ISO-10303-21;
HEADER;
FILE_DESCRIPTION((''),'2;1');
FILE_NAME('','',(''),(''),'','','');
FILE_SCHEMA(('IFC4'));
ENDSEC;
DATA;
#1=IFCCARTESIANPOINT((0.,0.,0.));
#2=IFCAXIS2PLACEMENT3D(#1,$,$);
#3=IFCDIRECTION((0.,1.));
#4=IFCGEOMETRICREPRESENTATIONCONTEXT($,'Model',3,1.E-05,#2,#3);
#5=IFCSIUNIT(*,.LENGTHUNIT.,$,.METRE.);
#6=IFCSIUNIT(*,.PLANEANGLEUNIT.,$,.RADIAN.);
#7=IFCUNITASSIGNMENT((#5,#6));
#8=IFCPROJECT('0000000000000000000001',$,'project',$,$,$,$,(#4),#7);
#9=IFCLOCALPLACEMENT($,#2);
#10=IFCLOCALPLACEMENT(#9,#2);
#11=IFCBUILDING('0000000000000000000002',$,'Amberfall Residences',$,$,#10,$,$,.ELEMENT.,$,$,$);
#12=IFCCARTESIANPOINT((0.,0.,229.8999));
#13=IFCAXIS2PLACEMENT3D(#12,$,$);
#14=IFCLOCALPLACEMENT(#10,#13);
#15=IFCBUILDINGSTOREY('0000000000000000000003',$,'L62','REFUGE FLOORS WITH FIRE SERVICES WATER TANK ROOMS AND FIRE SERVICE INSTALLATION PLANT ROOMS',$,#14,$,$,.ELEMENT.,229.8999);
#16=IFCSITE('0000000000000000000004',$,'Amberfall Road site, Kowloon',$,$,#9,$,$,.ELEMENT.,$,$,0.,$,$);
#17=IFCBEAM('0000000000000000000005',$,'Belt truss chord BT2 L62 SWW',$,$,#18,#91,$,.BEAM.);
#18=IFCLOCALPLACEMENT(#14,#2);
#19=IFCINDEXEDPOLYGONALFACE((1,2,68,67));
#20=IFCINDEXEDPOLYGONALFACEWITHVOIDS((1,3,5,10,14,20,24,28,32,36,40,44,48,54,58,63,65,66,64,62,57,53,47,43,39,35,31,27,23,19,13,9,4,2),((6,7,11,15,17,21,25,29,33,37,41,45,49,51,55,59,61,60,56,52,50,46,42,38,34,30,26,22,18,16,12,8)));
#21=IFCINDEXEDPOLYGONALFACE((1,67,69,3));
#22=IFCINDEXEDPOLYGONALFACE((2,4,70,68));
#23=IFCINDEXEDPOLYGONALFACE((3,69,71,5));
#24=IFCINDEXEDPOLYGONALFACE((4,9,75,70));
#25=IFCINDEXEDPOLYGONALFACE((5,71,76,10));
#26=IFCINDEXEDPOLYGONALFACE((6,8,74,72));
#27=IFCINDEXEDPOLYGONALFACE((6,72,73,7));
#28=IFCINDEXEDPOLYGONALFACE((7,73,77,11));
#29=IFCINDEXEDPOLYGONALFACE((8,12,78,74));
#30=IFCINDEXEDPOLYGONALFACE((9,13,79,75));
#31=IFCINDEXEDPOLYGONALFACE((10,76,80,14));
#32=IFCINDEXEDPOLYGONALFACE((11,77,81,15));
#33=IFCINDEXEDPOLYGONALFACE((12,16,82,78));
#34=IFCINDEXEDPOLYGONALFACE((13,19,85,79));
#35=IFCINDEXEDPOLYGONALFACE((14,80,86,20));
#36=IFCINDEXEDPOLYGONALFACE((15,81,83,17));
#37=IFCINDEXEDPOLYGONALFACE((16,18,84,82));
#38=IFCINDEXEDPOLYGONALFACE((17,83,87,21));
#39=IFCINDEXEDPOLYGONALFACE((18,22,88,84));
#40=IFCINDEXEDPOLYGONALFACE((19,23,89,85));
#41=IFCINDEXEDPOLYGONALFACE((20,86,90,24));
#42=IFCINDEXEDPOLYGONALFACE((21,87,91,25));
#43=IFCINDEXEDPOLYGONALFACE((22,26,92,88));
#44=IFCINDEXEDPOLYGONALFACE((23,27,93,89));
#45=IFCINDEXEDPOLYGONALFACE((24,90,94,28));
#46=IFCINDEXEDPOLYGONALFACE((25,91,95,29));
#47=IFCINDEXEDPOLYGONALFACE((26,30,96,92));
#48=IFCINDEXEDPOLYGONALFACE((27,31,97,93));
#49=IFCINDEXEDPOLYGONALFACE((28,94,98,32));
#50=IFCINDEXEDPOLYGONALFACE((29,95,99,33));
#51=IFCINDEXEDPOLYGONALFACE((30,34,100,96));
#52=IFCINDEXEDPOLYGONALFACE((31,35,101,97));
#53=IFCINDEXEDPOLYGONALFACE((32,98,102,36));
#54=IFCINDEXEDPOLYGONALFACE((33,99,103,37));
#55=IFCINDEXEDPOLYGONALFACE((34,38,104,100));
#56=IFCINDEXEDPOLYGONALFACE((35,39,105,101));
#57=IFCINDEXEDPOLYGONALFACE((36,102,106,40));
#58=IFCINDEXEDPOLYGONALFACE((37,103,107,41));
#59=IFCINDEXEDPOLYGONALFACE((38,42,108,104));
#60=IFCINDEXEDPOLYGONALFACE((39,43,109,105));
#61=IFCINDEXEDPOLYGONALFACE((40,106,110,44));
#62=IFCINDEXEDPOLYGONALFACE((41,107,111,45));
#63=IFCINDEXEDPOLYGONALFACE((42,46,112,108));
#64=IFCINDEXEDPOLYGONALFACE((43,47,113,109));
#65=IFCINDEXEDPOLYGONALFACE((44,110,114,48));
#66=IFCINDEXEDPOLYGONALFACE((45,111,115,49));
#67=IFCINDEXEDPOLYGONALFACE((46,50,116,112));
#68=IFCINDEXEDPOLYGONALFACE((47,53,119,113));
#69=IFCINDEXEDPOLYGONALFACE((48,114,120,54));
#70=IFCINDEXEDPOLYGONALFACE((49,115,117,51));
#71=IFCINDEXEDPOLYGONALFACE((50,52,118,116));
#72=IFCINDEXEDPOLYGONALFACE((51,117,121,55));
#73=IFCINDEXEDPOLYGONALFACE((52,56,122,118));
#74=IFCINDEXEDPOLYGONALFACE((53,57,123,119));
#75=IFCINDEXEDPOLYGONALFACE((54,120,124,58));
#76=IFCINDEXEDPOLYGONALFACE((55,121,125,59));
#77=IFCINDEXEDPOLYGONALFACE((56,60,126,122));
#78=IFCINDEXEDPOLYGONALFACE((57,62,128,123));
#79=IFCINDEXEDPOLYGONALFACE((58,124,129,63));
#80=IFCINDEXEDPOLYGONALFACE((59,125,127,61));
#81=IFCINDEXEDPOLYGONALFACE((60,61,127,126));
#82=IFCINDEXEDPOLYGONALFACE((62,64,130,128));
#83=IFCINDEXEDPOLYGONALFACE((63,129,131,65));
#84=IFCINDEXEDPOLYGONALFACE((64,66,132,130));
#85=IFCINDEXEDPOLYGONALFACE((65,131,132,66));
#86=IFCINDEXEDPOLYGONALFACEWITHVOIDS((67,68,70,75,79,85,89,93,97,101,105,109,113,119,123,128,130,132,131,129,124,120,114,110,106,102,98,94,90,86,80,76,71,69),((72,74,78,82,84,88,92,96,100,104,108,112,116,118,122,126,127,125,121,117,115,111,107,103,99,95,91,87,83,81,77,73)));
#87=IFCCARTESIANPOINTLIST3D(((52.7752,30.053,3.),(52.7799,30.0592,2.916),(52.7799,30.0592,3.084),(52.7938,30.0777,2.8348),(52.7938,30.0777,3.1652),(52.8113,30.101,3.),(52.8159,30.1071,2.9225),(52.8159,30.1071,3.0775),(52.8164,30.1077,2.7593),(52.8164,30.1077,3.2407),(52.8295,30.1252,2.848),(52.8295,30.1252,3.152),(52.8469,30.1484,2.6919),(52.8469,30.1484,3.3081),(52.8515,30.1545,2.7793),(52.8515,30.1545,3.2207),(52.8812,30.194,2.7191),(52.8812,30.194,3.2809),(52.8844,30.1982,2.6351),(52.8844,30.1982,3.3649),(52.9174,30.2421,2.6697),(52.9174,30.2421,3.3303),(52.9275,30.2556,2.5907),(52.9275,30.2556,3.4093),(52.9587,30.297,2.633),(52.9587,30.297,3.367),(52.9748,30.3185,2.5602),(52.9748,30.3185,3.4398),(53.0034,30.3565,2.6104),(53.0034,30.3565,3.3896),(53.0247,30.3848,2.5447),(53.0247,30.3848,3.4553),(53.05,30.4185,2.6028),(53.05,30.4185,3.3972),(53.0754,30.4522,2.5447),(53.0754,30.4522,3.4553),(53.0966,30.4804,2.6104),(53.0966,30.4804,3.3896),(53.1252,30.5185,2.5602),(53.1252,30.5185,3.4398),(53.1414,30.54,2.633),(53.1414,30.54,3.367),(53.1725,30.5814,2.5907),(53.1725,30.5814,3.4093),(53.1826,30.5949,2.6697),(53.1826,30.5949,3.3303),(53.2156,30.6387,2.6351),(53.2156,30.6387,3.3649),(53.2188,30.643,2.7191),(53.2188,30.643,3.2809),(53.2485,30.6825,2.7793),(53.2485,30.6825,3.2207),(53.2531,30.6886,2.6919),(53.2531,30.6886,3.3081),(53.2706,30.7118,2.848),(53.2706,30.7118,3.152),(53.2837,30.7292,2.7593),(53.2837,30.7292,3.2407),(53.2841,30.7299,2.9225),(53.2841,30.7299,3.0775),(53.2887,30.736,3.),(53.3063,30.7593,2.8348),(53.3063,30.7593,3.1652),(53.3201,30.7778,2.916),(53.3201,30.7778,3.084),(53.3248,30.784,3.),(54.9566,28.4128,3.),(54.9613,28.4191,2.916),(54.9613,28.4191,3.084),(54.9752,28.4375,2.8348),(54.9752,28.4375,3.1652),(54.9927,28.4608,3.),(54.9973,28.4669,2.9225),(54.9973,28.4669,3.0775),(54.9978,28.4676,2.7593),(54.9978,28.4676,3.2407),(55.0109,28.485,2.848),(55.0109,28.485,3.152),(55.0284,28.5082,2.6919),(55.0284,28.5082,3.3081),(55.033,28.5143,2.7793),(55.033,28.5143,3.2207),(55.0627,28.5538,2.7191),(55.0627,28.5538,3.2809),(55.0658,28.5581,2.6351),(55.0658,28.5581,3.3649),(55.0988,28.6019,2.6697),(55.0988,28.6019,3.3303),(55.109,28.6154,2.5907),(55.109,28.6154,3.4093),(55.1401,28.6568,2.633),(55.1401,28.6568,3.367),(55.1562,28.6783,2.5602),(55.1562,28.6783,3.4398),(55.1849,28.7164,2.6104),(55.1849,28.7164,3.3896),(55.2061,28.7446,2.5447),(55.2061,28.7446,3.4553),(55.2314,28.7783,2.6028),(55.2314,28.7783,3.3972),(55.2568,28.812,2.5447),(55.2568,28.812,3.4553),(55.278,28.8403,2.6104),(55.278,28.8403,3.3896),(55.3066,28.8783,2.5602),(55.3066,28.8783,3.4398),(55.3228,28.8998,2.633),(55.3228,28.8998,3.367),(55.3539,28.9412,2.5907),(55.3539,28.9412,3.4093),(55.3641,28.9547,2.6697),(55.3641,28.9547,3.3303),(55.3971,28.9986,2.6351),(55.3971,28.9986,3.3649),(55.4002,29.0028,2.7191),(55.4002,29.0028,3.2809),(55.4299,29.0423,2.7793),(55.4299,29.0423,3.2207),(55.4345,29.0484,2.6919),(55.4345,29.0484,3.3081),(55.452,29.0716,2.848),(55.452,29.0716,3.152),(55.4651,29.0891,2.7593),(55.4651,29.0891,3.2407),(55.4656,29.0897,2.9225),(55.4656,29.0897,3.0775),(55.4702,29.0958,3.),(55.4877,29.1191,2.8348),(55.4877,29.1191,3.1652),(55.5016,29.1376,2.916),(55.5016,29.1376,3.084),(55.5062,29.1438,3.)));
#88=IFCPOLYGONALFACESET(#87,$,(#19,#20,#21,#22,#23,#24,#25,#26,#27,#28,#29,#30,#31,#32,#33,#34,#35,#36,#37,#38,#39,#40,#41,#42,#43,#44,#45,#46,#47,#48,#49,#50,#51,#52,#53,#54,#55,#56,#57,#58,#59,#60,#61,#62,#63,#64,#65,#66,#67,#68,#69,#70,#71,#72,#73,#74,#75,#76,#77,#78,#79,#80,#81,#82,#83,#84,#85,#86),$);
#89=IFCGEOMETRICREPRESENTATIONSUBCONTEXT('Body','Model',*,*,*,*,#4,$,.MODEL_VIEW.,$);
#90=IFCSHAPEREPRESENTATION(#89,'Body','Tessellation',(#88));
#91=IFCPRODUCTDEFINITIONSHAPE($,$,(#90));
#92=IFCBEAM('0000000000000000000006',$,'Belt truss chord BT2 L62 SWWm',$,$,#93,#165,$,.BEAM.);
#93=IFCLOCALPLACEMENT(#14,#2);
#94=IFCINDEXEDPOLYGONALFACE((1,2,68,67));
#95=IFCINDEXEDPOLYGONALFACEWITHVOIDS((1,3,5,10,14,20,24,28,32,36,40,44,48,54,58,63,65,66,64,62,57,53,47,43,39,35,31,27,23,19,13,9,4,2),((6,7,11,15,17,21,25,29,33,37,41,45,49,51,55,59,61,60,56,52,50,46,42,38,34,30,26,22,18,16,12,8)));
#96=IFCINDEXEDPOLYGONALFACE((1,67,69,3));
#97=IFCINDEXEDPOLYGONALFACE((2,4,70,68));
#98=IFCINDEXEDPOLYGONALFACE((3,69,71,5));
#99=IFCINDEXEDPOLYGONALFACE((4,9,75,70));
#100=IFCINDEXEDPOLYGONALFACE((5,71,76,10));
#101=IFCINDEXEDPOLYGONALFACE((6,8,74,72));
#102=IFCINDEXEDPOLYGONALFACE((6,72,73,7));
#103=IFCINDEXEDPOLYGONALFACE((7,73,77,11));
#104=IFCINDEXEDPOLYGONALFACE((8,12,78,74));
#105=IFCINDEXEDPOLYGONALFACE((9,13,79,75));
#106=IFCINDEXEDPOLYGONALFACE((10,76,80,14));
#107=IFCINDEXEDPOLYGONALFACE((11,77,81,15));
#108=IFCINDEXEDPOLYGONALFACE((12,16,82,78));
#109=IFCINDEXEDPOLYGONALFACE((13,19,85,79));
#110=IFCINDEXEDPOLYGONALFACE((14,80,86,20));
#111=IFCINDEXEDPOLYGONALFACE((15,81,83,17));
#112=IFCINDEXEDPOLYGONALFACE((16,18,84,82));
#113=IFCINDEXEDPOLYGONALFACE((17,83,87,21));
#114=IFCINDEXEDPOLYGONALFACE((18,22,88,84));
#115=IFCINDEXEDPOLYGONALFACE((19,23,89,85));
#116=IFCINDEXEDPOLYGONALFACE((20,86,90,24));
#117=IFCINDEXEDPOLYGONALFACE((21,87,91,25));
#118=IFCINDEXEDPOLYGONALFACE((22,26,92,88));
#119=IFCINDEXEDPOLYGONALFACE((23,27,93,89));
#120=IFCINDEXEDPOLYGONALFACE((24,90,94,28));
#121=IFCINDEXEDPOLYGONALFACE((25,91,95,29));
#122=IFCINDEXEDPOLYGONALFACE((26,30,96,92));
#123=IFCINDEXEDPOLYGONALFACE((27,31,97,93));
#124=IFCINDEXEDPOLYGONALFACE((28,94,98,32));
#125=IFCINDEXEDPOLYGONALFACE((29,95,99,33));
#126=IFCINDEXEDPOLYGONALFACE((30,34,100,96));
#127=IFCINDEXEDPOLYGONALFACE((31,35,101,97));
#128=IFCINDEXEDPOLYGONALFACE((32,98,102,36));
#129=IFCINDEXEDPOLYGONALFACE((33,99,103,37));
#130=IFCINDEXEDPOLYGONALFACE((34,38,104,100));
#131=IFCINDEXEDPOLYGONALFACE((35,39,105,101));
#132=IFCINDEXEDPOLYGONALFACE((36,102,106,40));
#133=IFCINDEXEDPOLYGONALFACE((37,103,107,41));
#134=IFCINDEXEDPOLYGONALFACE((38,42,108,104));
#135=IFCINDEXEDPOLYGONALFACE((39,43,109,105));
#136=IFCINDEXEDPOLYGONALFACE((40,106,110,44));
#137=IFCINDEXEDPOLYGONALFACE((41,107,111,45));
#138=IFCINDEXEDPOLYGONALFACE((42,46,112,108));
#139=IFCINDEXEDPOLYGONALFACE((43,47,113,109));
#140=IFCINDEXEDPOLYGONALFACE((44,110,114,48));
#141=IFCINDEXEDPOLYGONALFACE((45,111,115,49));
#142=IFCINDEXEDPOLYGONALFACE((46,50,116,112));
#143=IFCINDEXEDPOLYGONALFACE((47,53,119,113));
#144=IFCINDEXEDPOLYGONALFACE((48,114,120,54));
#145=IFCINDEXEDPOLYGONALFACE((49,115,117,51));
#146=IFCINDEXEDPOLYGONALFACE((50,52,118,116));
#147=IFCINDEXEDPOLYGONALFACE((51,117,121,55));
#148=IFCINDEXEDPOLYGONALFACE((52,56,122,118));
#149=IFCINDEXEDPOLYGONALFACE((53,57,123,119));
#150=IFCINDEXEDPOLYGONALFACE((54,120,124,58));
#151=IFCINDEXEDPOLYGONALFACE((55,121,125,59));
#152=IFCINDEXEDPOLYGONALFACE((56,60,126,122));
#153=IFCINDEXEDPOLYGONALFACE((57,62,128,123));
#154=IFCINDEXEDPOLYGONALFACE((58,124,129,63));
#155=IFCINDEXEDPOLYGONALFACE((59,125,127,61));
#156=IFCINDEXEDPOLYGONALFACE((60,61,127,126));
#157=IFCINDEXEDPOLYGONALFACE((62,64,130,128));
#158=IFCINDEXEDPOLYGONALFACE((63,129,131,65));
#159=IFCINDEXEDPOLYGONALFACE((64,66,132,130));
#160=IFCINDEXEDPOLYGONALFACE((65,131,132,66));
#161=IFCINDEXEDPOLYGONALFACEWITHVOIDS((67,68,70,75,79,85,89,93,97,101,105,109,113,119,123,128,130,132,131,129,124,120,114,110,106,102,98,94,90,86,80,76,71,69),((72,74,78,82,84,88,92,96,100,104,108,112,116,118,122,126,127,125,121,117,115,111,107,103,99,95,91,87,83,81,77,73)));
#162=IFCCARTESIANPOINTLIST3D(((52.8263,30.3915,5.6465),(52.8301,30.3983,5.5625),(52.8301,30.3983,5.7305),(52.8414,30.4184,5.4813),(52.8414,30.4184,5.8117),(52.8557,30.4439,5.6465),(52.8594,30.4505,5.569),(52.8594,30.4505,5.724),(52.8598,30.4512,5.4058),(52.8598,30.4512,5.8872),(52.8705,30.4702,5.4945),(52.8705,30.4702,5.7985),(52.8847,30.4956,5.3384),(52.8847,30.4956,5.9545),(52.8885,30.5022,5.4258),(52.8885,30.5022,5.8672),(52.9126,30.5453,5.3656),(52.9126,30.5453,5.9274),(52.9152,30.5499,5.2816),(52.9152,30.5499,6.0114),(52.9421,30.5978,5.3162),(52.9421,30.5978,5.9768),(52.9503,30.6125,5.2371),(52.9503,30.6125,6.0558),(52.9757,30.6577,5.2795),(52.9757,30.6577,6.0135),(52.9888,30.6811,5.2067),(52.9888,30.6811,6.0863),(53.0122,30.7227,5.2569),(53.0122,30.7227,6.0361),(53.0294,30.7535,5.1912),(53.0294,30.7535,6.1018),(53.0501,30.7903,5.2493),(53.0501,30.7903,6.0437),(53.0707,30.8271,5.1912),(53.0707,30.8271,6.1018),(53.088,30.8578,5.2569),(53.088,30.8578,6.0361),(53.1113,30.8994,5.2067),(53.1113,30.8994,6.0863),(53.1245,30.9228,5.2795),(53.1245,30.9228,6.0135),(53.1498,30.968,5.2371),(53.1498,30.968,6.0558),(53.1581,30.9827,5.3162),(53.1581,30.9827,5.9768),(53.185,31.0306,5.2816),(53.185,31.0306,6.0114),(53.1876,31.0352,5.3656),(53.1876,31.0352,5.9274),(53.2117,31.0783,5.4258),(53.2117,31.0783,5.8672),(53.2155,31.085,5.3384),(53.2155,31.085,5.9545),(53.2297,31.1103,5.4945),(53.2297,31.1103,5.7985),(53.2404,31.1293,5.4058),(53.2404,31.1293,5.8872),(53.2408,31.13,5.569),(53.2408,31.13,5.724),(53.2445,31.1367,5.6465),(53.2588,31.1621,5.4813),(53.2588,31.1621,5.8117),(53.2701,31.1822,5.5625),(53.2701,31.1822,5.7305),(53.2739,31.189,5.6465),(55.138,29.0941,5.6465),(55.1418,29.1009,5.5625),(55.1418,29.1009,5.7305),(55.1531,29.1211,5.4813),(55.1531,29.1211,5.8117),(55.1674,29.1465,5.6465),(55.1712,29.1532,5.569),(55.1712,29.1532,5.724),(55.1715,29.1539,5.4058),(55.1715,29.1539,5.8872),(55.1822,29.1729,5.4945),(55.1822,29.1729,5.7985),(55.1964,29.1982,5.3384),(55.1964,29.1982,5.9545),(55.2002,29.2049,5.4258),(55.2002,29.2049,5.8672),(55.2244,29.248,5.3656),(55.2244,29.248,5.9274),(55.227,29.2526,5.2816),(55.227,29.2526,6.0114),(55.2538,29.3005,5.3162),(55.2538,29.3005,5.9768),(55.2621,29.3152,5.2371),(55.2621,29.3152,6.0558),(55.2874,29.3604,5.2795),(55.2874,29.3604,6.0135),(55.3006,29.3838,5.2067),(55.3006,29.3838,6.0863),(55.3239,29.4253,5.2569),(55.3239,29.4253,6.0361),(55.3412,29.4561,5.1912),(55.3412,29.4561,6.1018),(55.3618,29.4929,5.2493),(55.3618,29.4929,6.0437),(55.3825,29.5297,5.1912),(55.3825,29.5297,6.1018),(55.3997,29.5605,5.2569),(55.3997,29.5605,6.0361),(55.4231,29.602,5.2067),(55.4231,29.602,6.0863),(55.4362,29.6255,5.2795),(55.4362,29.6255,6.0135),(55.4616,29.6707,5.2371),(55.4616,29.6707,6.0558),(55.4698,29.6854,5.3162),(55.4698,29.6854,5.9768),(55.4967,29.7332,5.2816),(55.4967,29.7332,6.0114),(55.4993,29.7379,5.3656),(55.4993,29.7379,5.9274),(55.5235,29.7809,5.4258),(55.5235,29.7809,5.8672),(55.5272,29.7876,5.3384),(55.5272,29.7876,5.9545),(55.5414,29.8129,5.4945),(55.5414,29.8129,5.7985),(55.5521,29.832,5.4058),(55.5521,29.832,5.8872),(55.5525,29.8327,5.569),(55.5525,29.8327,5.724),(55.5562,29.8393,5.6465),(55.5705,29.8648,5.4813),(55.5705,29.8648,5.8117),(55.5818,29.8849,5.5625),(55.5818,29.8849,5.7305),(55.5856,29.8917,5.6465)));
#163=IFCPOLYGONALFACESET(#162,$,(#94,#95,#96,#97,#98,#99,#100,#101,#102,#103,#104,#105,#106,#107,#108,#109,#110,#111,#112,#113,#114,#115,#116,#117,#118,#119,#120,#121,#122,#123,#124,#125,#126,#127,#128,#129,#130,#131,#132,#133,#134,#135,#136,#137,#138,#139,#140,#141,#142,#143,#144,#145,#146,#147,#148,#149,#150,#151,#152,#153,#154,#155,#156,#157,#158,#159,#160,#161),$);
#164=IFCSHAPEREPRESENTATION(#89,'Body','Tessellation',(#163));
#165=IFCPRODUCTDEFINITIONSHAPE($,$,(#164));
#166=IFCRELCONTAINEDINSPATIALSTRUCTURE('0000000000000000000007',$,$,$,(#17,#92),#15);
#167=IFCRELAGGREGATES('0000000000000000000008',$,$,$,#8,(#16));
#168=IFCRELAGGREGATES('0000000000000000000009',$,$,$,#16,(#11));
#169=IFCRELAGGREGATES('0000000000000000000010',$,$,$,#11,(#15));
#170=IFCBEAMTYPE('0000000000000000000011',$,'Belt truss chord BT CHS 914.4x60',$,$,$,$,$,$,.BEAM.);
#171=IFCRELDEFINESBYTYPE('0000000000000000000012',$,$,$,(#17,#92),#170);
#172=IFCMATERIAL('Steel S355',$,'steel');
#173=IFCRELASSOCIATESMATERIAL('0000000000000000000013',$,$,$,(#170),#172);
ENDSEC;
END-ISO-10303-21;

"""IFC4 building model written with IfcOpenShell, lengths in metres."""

from ifc_helpers import new_model, si_unit, direction, frame, origin, origin_2d, place, context, subcontext, project, spatial, hollow_circle, extrude, material, material_profile, profile_set, type_object, element, save


model = new_model("IFC4")

# Units and contexts
model_context = context("Model", 3, precision=1e-05, world=origin(), true_north=direction((0.0, 1.0)))
body_context = subcontext(model_context, "Body", "Model", "MODEL_VIEW")
ifc_project = project(units=[si_unit("LENGTHUNIT", "METRE"), si_unit("PLANEANGLEUNIT", "RADIAN")], contexts=[model_context])

# Site, building, storey
site_placement = place(None, origin())
site = spatial("IfcSite", under=ifc_project, at=site_placement, Name="Amberfall Road site, Kowloon", CompositionType="ELEMENT", RefElevation=0.0)
building_placement = place(site_placement, origin())
building = spatial("IfcBuilding", under=site, at=building_placement, Name="Amberfall Residences", CompositionType="ELEMENT")
storey_placement = place(building_placement, frame((0.0, 0.0, 229.8999)))
storey = spatial("IfcBuildingStorey", under=building, at=storey_placement, Name="L62", Description="REFUGE FLOORS WITH FIRE SERVICES WATER TANK ROOMS AND FIRE SERVICE INSTALLATION PLANT ROOMS", CompositionType="ELEMENT", Elevation=229.8999)

# Beams
ifc_material_1 = material(Name="Steel S355", Category="steel")
ifc_material_profile_1 = material_profile(ifc_material_1, hollow_circle(Radius=0.4573, WallThickness=0.0601, at=origin_2d()), Name="CHS 914.4x60")
ifc_profile_set_1 = profile_set([ifc_material_profile_1], Name="Steel S355")
beam_type_1 = type_object("IfcBeamType", Name="Belt truss chord BT CHS 914.4x60", PredefinedType="BEAM", material=ifc_profile_set_1)
beam_1_placement = place(storey_placement, frame((55.2314, 28.7783, 3.0), z_axis=(-0.79928, 0.600959, 0.0), x_axis=(-0.600959, -0.79928, 0.0)))
element("IfcBeam", 1, at=beam_1_placement, inside=storey, type_object=beam_type_1, Name="Belt truss chord BT2 L62 SWW", PredefinedType="BEAM", context=body_context, shape_type="SweptSolid", body=[
    extrude(hollow_circle(Radius=0.4573, WallThickness=0.0601, at=origin_2d()), origin(), (0.0, 0.0, 1.0), 2.7292),
])
beam_2_placement = place(storey_placement, frame((55.3618, 29.4929, 5.6465), z_axis=(-0.87206, 0.4894, 0.0), x_axis=(-0.4894, -0.87206, 0.0)))
element("IfcBeam", 2, at=beam_2_placement, inside=storey, type_object=beam_type_1, Name="Belt truss chord BT2 L62 SWWm", PredefinedType="BEAM", context=body_context, shape_type="SweptSolid", body=[
    extrude(hollow_circle(Radius=0.4573, WallThickness=0.0601, at=origin_2d()), origin(), (0.0, 0.0, 1.0), 2.6509),
])

save(model, "model.ifc")
